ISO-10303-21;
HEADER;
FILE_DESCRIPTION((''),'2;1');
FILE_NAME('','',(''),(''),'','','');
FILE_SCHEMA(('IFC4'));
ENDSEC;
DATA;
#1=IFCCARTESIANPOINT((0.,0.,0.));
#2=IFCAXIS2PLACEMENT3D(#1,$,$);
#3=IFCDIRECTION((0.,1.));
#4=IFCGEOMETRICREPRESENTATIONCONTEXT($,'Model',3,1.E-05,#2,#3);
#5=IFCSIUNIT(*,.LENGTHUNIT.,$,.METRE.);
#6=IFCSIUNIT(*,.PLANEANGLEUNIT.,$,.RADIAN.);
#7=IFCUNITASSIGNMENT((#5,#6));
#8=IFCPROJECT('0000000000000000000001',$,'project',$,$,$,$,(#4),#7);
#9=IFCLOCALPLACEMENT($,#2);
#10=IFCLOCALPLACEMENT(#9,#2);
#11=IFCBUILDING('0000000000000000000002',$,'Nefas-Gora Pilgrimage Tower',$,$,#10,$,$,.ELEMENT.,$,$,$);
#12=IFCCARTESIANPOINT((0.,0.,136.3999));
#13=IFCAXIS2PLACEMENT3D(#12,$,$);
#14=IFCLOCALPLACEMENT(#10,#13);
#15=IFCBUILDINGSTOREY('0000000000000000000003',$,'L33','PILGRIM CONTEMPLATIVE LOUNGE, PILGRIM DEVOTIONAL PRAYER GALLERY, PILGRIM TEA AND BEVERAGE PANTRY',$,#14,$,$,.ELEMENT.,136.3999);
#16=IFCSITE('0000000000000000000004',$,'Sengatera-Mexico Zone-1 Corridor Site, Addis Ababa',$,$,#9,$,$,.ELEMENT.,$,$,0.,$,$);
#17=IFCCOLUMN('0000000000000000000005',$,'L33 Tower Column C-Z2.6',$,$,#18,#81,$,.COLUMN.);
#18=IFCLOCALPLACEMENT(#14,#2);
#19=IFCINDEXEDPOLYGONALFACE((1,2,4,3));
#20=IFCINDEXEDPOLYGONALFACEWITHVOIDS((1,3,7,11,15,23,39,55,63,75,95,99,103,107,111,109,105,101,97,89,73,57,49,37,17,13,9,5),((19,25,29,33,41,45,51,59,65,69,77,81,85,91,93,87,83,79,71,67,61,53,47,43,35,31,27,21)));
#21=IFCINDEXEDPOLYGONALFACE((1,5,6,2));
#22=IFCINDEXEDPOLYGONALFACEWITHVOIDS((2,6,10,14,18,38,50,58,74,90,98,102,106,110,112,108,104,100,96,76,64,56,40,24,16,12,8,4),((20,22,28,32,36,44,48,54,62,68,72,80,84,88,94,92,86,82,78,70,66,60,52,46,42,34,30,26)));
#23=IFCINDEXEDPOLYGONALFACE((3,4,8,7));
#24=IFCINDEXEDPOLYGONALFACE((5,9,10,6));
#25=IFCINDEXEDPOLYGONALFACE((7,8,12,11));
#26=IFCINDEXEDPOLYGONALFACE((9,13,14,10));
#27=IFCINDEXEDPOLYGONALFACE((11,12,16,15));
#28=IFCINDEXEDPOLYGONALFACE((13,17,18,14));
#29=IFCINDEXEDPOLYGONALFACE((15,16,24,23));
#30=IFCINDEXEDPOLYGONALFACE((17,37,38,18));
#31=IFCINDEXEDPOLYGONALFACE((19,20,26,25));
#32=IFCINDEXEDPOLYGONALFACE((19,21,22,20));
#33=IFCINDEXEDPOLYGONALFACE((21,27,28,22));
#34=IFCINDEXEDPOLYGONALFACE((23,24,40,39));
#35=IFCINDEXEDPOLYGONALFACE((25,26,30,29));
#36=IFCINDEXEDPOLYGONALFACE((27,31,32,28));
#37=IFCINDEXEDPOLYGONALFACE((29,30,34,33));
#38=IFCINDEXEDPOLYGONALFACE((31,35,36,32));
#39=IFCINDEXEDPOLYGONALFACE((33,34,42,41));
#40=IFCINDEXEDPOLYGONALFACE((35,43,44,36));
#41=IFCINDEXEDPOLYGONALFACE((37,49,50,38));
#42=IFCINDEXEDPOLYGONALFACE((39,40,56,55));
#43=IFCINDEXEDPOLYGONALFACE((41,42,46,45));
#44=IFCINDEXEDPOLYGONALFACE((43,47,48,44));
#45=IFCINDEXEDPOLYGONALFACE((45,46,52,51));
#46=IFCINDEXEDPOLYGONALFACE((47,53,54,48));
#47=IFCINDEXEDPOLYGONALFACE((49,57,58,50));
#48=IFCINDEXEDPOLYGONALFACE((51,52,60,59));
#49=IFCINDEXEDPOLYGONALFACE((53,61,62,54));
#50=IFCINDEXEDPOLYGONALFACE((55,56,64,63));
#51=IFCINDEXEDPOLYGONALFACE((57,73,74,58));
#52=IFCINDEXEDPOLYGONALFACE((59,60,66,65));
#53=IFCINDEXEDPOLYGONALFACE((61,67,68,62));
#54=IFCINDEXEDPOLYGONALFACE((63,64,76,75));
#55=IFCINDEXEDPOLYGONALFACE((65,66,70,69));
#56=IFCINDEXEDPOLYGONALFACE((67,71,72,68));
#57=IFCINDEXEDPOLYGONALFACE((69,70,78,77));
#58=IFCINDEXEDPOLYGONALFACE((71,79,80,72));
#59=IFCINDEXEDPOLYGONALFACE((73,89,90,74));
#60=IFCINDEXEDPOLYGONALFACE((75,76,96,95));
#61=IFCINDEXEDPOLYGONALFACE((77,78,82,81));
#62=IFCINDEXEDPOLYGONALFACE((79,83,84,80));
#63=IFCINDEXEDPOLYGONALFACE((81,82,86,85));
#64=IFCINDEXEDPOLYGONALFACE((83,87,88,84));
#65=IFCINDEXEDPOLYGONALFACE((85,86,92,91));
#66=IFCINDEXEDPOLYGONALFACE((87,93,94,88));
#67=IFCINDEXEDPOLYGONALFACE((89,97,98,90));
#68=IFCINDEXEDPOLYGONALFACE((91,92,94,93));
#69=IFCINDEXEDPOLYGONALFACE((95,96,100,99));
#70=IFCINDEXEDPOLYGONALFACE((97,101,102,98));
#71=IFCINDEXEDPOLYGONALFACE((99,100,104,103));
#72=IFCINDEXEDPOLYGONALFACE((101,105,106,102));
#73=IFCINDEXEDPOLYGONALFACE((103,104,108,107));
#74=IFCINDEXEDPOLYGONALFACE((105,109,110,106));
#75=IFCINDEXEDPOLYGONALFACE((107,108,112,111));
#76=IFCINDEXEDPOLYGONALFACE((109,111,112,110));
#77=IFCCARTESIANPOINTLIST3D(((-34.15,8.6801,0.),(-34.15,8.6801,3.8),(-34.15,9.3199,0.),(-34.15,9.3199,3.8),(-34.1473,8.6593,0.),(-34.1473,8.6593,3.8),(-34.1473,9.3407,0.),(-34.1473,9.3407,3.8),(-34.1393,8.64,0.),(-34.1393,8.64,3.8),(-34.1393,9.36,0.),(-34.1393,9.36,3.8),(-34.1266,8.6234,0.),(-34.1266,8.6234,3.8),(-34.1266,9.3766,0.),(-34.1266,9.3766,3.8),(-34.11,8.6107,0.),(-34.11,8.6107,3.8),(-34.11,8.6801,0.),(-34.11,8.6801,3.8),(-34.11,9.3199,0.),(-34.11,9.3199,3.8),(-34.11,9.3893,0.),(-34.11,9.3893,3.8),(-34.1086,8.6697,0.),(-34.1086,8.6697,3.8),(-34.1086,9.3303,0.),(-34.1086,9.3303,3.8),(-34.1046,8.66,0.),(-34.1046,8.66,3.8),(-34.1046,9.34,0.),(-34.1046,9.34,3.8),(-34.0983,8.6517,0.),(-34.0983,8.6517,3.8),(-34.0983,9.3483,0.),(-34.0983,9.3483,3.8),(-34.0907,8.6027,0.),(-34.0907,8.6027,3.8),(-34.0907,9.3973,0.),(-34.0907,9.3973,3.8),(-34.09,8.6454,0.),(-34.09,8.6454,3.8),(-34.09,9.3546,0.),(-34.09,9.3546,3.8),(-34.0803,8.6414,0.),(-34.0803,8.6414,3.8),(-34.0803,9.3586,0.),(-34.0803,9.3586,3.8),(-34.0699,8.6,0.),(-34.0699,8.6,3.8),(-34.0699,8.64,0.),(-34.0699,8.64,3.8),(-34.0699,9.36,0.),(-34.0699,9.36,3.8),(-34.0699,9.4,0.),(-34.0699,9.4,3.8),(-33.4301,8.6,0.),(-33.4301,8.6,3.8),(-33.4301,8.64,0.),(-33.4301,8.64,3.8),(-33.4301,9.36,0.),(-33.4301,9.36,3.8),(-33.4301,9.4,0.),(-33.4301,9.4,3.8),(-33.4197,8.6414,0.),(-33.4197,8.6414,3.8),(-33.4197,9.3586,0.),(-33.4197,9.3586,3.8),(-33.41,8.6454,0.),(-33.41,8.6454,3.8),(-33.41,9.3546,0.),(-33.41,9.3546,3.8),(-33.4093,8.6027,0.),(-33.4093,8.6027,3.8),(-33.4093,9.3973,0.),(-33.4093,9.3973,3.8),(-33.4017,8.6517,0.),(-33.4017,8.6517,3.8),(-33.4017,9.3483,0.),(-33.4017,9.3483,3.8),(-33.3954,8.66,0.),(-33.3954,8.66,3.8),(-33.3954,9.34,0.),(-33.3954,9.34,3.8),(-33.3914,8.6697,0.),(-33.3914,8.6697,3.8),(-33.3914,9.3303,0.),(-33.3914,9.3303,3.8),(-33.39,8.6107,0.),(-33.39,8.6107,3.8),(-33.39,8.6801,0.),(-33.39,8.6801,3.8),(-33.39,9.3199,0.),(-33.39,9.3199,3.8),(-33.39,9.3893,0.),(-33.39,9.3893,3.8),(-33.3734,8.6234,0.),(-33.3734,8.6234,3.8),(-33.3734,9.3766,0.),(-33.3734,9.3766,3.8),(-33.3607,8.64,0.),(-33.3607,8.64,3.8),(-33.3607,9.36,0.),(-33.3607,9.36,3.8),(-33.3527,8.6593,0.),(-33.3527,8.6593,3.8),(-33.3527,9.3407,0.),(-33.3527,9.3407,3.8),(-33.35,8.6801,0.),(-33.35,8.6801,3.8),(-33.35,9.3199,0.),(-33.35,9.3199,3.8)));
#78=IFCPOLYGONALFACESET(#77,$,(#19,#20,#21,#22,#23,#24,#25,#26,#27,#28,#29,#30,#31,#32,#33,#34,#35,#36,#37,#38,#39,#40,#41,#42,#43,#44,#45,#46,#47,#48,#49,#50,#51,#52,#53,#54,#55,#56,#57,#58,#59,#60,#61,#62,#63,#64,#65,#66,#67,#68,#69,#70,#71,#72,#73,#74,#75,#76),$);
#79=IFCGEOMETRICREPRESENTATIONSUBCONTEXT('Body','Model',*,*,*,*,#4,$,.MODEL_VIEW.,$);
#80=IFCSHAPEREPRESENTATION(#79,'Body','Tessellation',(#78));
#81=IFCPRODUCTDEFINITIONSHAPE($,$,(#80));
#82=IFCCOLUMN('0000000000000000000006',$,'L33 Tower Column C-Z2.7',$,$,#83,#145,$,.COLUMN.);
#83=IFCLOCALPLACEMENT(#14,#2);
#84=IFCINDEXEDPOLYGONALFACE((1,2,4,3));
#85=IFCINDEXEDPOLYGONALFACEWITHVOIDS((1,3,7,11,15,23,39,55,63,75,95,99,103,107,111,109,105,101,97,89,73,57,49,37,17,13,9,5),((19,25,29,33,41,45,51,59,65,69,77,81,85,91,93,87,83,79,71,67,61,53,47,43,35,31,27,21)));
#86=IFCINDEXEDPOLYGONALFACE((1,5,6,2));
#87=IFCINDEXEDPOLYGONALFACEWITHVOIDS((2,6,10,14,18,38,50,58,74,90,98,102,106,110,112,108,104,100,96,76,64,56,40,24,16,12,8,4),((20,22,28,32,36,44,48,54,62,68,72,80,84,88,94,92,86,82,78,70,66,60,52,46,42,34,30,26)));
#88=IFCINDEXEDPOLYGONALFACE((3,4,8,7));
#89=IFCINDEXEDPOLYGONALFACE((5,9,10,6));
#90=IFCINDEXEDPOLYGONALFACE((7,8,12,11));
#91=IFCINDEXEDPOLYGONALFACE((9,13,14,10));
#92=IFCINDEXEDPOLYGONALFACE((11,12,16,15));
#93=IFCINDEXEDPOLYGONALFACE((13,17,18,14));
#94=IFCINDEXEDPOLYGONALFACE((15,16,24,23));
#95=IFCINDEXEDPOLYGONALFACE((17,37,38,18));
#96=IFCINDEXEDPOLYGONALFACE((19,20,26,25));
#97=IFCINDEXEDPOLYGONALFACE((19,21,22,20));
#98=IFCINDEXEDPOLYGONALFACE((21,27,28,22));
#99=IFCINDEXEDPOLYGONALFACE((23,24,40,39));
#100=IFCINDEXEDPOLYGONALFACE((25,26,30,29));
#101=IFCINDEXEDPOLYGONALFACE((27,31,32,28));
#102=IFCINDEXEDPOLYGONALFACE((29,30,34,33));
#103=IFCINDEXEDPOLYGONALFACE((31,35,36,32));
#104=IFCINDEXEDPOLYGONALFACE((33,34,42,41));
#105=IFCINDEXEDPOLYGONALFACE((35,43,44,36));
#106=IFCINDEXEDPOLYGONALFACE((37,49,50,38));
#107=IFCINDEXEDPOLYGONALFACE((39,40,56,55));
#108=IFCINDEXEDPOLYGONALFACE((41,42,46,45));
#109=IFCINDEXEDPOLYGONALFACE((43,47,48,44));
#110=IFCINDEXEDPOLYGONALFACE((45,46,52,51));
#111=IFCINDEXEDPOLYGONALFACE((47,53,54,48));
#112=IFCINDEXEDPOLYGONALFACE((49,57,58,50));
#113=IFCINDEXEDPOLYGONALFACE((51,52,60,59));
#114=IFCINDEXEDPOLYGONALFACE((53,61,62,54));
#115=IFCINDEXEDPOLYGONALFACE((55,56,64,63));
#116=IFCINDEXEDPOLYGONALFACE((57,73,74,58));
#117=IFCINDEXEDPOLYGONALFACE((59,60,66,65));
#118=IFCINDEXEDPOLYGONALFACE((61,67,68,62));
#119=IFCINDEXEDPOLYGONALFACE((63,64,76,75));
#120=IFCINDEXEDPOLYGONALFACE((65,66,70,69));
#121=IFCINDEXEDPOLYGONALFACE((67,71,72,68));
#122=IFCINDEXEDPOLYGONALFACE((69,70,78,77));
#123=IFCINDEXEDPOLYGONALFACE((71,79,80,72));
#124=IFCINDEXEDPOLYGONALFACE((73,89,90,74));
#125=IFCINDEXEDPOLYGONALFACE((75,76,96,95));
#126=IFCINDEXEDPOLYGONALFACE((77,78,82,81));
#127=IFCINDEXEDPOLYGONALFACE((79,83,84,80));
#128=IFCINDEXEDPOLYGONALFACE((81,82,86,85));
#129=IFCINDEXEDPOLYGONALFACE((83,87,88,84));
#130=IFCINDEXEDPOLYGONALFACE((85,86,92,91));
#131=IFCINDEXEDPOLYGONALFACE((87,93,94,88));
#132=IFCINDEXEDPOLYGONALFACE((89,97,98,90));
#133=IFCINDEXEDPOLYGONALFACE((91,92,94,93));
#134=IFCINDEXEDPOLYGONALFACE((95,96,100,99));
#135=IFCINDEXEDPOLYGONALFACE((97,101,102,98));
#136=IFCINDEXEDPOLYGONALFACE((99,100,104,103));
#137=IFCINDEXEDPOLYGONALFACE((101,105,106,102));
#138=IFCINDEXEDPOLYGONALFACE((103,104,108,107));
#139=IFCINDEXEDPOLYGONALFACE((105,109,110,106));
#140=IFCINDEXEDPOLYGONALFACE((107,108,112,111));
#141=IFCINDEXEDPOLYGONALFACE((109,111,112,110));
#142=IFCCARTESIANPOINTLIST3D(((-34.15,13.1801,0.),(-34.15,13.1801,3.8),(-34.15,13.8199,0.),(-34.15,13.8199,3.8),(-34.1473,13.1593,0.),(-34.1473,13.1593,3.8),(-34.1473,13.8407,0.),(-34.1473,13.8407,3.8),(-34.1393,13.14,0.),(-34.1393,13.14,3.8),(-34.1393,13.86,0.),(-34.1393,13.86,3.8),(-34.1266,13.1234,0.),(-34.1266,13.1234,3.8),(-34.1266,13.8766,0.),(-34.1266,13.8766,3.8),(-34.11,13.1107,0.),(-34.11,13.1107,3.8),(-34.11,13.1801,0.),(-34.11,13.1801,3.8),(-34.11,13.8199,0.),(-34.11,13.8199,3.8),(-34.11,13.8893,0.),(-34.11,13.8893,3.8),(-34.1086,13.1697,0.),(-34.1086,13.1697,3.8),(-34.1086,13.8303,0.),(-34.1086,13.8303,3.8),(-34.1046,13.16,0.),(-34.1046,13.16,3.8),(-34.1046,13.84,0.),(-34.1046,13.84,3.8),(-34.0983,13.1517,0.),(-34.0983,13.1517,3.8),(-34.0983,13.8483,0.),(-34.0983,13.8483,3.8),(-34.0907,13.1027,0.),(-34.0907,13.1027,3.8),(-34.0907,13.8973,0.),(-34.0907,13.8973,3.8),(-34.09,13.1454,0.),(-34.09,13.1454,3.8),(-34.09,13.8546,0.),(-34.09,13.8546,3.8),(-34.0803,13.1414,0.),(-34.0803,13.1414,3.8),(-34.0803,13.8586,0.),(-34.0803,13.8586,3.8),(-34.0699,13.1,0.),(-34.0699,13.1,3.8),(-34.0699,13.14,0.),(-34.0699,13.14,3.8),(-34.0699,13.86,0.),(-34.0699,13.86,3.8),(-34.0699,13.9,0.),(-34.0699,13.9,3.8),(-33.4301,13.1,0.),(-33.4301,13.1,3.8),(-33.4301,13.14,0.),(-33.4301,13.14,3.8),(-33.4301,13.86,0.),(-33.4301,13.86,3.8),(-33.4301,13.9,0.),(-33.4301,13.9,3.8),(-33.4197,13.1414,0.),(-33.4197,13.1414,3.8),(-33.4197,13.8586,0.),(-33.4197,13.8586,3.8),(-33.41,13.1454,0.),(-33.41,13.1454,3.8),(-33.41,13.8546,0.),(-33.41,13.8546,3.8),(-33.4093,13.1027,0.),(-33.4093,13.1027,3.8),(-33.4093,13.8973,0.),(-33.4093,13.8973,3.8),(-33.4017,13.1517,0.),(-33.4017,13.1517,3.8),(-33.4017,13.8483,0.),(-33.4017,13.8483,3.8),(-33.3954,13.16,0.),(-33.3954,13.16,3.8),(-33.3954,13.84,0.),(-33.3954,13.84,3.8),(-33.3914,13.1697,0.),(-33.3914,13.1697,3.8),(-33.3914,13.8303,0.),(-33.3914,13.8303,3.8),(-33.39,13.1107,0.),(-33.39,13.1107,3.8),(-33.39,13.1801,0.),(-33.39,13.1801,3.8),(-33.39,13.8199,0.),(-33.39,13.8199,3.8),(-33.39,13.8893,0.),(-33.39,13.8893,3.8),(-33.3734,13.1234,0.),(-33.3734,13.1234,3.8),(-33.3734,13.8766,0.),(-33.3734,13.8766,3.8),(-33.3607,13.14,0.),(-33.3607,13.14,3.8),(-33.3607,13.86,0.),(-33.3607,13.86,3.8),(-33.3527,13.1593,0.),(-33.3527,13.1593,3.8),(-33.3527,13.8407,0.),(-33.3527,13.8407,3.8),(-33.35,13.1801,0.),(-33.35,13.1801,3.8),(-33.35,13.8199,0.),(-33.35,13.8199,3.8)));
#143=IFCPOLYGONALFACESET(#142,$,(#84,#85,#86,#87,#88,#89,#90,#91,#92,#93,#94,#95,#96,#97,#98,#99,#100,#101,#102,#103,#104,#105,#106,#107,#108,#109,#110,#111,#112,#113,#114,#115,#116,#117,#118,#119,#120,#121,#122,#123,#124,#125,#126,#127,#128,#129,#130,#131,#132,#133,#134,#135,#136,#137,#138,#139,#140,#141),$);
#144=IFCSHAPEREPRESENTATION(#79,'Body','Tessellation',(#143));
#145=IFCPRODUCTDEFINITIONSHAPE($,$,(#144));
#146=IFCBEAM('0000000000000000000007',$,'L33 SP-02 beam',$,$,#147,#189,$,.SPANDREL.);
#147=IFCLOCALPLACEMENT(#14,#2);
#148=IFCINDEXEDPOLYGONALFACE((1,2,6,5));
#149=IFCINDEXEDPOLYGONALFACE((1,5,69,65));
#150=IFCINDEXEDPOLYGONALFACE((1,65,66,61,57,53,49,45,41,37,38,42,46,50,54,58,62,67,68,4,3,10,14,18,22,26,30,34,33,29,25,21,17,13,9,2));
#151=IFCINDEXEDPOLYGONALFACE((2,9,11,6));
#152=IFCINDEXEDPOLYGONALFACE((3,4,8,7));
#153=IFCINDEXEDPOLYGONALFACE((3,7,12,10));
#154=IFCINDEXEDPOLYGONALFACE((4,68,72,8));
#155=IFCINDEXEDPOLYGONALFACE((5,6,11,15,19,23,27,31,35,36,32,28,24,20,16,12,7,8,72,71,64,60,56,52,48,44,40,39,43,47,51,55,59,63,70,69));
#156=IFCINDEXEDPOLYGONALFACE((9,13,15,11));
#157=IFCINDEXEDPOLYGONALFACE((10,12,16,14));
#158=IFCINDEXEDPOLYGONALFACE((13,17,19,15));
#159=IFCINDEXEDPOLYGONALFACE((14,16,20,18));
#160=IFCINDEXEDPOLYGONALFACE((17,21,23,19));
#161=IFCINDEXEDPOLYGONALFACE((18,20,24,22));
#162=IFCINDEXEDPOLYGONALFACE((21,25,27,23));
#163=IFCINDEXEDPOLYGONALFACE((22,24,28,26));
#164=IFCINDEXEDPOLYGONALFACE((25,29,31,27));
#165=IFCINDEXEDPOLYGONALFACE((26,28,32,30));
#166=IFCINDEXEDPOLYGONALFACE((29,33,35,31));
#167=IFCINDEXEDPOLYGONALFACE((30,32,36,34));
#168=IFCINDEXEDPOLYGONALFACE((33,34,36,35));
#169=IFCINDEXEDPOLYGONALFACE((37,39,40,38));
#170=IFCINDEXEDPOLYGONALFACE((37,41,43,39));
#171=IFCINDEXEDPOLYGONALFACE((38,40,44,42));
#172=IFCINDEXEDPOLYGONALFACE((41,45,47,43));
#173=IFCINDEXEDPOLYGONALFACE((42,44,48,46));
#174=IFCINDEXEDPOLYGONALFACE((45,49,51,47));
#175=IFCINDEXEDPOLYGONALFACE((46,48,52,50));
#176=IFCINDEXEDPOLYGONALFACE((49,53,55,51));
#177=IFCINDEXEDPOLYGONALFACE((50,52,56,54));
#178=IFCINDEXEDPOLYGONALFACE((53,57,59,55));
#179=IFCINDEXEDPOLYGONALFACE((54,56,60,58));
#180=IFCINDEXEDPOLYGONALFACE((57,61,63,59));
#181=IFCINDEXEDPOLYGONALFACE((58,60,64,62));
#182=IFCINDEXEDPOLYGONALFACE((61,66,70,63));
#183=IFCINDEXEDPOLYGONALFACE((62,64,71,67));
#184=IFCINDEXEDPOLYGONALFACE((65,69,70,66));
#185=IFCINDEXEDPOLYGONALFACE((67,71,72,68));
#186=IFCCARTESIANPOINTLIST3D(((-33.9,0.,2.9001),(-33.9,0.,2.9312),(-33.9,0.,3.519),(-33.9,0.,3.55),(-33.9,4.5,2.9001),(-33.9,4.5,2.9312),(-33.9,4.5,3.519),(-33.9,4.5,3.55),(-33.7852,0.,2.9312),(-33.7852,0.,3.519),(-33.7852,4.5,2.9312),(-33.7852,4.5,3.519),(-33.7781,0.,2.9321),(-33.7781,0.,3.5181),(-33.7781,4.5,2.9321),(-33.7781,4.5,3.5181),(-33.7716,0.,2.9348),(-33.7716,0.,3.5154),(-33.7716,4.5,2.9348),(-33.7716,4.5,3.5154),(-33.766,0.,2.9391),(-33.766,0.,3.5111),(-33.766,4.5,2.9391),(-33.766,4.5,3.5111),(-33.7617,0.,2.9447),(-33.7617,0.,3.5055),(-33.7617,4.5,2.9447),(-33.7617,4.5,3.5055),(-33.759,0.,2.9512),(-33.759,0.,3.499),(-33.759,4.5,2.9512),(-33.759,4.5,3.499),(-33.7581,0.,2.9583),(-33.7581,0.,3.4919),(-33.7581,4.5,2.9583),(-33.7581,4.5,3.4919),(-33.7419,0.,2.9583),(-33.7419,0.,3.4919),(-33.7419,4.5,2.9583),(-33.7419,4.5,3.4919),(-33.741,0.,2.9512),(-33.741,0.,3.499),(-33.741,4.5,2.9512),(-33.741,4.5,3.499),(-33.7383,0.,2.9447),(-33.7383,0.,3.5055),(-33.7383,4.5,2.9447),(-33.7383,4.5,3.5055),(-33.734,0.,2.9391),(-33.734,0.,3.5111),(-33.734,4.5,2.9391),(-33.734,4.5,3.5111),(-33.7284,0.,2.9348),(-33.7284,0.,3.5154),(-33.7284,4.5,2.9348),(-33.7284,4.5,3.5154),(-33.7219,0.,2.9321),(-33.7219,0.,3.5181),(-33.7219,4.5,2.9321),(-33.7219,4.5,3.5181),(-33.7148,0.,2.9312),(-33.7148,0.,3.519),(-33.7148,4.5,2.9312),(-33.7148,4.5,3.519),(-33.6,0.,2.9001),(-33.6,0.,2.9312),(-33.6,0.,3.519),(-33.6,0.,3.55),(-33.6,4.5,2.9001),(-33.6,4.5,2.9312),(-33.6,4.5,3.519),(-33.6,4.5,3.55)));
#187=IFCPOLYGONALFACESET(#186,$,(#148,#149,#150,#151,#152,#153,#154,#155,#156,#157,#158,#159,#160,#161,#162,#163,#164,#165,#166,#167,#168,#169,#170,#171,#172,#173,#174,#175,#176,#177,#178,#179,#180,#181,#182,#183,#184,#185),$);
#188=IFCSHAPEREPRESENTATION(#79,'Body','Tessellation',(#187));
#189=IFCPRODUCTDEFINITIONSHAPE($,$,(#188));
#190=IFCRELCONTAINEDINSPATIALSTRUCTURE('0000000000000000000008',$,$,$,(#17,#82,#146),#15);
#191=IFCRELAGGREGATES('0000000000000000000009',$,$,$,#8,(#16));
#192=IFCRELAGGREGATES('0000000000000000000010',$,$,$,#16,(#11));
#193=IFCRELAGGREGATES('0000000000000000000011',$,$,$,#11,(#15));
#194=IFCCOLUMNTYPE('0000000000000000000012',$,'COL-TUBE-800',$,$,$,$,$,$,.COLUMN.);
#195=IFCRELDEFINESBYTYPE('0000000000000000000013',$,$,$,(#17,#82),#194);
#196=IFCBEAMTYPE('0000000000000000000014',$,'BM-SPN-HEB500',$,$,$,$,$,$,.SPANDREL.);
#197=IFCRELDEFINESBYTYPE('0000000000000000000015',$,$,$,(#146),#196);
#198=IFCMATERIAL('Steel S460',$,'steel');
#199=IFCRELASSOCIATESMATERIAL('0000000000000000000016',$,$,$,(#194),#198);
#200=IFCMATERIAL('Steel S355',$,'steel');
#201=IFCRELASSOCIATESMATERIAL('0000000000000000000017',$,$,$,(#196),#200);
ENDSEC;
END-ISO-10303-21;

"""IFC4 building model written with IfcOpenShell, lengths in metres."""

from ifc_helpers import new_model, si_unit, direction, frame, origin, origin_2d, place, context, subcontext, project, spatial, hollow_rectangle, i_section, extrude, source, transform, mapped, material, material_profile, profile_set, type_object, element, save


model = new_model("IFC4")

# Units and contexts
model_context = context("Model", 3, precision=1e-05, world=origin(), true_north=direction((0.0, 1.0)))
body_context = subcontext(model_context, "Body", "Model", "MODEL_VIEW")
ifc_project = project(units=[si_unit("LENGTHUNIT", "METRE"), si_unit("PLANEANGLEUNIT", "RADIAN")], contexts=[model_context])

# Site, building, storey
site_placement = place(None, origin())
site = spatial("IfcSite", under=ifc_project, at=site_placement, Name="Sengatera-Mexico Zone-1 Corridor Site, Addis Ababa", CompositionType="ELEMENT", RefElevation=0.0)
building_placement = place(site_placement, origin())
building = spatial("IfcBuilding", under=site, at=building_placement, Name="Nefas-Gora Pilgrimage Tower", CompositionType="ELEMENT")
storey_placement = place(building_placement, frame((0.0, 0.0, 136.3999)))
storey = spatial("IfcBuildingStorey", under=building, at=storey_placement, Name="L33", Description="PILGRIM CONTEMPLATIVE LOUNGE, PILGRIM DEVOTIONAL PRAYER GALLERY, PILGRIM TEA AND BEVERAGE PANTRY", CompositionType="ELEMENT", Elevation=136.3999)

# Columns
ifc_material_1 = material(Name="Steel S460", Category="steel")
ifc_material_profile_1 = material_profile(ifc_material_1, hollow_rectangle(XDim=0.8, YDim=0.8, WallThickness=0.04, InnerFilletRadius=0.04, OuterFilletRadius=0.0801, at=origin_2d()), Name="BOX 800x800x40")
ifc_profile_set_1 = profile_set([ifc_material_profile_1], Name="Steel S460")
column_type_1 = type_object("IfcColumnType", Name="COL-TUBE-800", PredefinedType="COLUMN", material=ifc_profile_set_1)
shared_shape_1 = source(origin(), body_context, "Body", "SweptSolid", [
    extrude(hollow_rectangle(XDim=0.8, YDim=0.8, WallThickness=0.04, InnerFilletRadius=0.04, OuterFilletRadius=0.0801, at=origin_2d()), origin(), (0.0, 0.0, 1.0), 3.8),
])
for number, where, z_axis, x_axis, name in (
    (1, (-33.75, 9.0, 0.0), (0.0, 0.0, 1.0), (1.0, 0.0, 0.0), "L33 Tower Column C-Z2.6"),
    (2, (-33.75, 13.5, 0.0), (0.0, 0.0, 1.0), (1.0, 0.0, 0.0), "L33 Tower Column C-Z2.7"),
):
    element("IfcColumn", number, at=place(storey_placement, frame(where, z_axis=z_axis, x_axis=x_axis)), inside=storey, type_object=column_type_1, Name=name, PredefinedType="COLUMN", context=body_context, shape_type="MappedRepresentation", body=[
        mapped(shared_shape_1, transform((0.0, 0.0, 0.0), x_axis=(1.0, 0.0, 0.0), y_axis=(0.0, 1.0, 0.0), z_axis=(0.0, 0.0, 1.0), scale=1.0)),
    ])

# Beam
ifc_material_2 = material(Name="Steel S355", Category="steel")
ifc_material_profile_2 = material_profile(ifc_material_2, i_section(OverallWidth=0.3, OverallDepth=0.6499, WebThickness=0.0161, FlangeThickness=0.031, FilletRadius=0.0271, at=origin_2d()), Name="HEB 650")
ifc_profile_set_2 = profile_set([ifc_material_profile_2], Name="Steel S355")
beam_type_1 = type_object("IfcBeamType", Name="BM-SPN-HEB500", PredefinedType="SPANDREL", material=ifc_profile_set_2)
shared_shape_2 = source(origin(), body_context, "Body", "SweptSolid", [
    extrude(i_section(OverallWidth=0.3, OverallDepth=0.6499, WebThickness=0.0161, FlangeThickness=0.031, FilletRadius=0.0271, at=origin_2d()), origin(), (0.0, 0.0, 1.0), 4.5),
])
for number, where, z_axis, x_axis, name in (
    (3, (-33.75, 0.0, 3.2251), (0.0, 1.0, 0.0), (-1.0, 0.0, 0.0), "L33 SP-02 beam"),
):
    element("IfcBeam", number, at=place(storey_placement, frame(where, z_axis=z_axis, x_axis=x_axis)), inside=storey, type_object=beam_type_1, Name=name, PredefinedType="SPANDREL", context=body_context, shape_type="MappedRepresentation", body=[
        mapped(shared_shape_2, transform((0.0, 0.0, 0.0), x_axis=(1.0, 0.0, 0.0), y_axis=(0.0, 1.0, 0.0), z_axis=(0.0, 0.0, 1.0), scale=1.0)),
    ])

save(model, "model.ifc")
